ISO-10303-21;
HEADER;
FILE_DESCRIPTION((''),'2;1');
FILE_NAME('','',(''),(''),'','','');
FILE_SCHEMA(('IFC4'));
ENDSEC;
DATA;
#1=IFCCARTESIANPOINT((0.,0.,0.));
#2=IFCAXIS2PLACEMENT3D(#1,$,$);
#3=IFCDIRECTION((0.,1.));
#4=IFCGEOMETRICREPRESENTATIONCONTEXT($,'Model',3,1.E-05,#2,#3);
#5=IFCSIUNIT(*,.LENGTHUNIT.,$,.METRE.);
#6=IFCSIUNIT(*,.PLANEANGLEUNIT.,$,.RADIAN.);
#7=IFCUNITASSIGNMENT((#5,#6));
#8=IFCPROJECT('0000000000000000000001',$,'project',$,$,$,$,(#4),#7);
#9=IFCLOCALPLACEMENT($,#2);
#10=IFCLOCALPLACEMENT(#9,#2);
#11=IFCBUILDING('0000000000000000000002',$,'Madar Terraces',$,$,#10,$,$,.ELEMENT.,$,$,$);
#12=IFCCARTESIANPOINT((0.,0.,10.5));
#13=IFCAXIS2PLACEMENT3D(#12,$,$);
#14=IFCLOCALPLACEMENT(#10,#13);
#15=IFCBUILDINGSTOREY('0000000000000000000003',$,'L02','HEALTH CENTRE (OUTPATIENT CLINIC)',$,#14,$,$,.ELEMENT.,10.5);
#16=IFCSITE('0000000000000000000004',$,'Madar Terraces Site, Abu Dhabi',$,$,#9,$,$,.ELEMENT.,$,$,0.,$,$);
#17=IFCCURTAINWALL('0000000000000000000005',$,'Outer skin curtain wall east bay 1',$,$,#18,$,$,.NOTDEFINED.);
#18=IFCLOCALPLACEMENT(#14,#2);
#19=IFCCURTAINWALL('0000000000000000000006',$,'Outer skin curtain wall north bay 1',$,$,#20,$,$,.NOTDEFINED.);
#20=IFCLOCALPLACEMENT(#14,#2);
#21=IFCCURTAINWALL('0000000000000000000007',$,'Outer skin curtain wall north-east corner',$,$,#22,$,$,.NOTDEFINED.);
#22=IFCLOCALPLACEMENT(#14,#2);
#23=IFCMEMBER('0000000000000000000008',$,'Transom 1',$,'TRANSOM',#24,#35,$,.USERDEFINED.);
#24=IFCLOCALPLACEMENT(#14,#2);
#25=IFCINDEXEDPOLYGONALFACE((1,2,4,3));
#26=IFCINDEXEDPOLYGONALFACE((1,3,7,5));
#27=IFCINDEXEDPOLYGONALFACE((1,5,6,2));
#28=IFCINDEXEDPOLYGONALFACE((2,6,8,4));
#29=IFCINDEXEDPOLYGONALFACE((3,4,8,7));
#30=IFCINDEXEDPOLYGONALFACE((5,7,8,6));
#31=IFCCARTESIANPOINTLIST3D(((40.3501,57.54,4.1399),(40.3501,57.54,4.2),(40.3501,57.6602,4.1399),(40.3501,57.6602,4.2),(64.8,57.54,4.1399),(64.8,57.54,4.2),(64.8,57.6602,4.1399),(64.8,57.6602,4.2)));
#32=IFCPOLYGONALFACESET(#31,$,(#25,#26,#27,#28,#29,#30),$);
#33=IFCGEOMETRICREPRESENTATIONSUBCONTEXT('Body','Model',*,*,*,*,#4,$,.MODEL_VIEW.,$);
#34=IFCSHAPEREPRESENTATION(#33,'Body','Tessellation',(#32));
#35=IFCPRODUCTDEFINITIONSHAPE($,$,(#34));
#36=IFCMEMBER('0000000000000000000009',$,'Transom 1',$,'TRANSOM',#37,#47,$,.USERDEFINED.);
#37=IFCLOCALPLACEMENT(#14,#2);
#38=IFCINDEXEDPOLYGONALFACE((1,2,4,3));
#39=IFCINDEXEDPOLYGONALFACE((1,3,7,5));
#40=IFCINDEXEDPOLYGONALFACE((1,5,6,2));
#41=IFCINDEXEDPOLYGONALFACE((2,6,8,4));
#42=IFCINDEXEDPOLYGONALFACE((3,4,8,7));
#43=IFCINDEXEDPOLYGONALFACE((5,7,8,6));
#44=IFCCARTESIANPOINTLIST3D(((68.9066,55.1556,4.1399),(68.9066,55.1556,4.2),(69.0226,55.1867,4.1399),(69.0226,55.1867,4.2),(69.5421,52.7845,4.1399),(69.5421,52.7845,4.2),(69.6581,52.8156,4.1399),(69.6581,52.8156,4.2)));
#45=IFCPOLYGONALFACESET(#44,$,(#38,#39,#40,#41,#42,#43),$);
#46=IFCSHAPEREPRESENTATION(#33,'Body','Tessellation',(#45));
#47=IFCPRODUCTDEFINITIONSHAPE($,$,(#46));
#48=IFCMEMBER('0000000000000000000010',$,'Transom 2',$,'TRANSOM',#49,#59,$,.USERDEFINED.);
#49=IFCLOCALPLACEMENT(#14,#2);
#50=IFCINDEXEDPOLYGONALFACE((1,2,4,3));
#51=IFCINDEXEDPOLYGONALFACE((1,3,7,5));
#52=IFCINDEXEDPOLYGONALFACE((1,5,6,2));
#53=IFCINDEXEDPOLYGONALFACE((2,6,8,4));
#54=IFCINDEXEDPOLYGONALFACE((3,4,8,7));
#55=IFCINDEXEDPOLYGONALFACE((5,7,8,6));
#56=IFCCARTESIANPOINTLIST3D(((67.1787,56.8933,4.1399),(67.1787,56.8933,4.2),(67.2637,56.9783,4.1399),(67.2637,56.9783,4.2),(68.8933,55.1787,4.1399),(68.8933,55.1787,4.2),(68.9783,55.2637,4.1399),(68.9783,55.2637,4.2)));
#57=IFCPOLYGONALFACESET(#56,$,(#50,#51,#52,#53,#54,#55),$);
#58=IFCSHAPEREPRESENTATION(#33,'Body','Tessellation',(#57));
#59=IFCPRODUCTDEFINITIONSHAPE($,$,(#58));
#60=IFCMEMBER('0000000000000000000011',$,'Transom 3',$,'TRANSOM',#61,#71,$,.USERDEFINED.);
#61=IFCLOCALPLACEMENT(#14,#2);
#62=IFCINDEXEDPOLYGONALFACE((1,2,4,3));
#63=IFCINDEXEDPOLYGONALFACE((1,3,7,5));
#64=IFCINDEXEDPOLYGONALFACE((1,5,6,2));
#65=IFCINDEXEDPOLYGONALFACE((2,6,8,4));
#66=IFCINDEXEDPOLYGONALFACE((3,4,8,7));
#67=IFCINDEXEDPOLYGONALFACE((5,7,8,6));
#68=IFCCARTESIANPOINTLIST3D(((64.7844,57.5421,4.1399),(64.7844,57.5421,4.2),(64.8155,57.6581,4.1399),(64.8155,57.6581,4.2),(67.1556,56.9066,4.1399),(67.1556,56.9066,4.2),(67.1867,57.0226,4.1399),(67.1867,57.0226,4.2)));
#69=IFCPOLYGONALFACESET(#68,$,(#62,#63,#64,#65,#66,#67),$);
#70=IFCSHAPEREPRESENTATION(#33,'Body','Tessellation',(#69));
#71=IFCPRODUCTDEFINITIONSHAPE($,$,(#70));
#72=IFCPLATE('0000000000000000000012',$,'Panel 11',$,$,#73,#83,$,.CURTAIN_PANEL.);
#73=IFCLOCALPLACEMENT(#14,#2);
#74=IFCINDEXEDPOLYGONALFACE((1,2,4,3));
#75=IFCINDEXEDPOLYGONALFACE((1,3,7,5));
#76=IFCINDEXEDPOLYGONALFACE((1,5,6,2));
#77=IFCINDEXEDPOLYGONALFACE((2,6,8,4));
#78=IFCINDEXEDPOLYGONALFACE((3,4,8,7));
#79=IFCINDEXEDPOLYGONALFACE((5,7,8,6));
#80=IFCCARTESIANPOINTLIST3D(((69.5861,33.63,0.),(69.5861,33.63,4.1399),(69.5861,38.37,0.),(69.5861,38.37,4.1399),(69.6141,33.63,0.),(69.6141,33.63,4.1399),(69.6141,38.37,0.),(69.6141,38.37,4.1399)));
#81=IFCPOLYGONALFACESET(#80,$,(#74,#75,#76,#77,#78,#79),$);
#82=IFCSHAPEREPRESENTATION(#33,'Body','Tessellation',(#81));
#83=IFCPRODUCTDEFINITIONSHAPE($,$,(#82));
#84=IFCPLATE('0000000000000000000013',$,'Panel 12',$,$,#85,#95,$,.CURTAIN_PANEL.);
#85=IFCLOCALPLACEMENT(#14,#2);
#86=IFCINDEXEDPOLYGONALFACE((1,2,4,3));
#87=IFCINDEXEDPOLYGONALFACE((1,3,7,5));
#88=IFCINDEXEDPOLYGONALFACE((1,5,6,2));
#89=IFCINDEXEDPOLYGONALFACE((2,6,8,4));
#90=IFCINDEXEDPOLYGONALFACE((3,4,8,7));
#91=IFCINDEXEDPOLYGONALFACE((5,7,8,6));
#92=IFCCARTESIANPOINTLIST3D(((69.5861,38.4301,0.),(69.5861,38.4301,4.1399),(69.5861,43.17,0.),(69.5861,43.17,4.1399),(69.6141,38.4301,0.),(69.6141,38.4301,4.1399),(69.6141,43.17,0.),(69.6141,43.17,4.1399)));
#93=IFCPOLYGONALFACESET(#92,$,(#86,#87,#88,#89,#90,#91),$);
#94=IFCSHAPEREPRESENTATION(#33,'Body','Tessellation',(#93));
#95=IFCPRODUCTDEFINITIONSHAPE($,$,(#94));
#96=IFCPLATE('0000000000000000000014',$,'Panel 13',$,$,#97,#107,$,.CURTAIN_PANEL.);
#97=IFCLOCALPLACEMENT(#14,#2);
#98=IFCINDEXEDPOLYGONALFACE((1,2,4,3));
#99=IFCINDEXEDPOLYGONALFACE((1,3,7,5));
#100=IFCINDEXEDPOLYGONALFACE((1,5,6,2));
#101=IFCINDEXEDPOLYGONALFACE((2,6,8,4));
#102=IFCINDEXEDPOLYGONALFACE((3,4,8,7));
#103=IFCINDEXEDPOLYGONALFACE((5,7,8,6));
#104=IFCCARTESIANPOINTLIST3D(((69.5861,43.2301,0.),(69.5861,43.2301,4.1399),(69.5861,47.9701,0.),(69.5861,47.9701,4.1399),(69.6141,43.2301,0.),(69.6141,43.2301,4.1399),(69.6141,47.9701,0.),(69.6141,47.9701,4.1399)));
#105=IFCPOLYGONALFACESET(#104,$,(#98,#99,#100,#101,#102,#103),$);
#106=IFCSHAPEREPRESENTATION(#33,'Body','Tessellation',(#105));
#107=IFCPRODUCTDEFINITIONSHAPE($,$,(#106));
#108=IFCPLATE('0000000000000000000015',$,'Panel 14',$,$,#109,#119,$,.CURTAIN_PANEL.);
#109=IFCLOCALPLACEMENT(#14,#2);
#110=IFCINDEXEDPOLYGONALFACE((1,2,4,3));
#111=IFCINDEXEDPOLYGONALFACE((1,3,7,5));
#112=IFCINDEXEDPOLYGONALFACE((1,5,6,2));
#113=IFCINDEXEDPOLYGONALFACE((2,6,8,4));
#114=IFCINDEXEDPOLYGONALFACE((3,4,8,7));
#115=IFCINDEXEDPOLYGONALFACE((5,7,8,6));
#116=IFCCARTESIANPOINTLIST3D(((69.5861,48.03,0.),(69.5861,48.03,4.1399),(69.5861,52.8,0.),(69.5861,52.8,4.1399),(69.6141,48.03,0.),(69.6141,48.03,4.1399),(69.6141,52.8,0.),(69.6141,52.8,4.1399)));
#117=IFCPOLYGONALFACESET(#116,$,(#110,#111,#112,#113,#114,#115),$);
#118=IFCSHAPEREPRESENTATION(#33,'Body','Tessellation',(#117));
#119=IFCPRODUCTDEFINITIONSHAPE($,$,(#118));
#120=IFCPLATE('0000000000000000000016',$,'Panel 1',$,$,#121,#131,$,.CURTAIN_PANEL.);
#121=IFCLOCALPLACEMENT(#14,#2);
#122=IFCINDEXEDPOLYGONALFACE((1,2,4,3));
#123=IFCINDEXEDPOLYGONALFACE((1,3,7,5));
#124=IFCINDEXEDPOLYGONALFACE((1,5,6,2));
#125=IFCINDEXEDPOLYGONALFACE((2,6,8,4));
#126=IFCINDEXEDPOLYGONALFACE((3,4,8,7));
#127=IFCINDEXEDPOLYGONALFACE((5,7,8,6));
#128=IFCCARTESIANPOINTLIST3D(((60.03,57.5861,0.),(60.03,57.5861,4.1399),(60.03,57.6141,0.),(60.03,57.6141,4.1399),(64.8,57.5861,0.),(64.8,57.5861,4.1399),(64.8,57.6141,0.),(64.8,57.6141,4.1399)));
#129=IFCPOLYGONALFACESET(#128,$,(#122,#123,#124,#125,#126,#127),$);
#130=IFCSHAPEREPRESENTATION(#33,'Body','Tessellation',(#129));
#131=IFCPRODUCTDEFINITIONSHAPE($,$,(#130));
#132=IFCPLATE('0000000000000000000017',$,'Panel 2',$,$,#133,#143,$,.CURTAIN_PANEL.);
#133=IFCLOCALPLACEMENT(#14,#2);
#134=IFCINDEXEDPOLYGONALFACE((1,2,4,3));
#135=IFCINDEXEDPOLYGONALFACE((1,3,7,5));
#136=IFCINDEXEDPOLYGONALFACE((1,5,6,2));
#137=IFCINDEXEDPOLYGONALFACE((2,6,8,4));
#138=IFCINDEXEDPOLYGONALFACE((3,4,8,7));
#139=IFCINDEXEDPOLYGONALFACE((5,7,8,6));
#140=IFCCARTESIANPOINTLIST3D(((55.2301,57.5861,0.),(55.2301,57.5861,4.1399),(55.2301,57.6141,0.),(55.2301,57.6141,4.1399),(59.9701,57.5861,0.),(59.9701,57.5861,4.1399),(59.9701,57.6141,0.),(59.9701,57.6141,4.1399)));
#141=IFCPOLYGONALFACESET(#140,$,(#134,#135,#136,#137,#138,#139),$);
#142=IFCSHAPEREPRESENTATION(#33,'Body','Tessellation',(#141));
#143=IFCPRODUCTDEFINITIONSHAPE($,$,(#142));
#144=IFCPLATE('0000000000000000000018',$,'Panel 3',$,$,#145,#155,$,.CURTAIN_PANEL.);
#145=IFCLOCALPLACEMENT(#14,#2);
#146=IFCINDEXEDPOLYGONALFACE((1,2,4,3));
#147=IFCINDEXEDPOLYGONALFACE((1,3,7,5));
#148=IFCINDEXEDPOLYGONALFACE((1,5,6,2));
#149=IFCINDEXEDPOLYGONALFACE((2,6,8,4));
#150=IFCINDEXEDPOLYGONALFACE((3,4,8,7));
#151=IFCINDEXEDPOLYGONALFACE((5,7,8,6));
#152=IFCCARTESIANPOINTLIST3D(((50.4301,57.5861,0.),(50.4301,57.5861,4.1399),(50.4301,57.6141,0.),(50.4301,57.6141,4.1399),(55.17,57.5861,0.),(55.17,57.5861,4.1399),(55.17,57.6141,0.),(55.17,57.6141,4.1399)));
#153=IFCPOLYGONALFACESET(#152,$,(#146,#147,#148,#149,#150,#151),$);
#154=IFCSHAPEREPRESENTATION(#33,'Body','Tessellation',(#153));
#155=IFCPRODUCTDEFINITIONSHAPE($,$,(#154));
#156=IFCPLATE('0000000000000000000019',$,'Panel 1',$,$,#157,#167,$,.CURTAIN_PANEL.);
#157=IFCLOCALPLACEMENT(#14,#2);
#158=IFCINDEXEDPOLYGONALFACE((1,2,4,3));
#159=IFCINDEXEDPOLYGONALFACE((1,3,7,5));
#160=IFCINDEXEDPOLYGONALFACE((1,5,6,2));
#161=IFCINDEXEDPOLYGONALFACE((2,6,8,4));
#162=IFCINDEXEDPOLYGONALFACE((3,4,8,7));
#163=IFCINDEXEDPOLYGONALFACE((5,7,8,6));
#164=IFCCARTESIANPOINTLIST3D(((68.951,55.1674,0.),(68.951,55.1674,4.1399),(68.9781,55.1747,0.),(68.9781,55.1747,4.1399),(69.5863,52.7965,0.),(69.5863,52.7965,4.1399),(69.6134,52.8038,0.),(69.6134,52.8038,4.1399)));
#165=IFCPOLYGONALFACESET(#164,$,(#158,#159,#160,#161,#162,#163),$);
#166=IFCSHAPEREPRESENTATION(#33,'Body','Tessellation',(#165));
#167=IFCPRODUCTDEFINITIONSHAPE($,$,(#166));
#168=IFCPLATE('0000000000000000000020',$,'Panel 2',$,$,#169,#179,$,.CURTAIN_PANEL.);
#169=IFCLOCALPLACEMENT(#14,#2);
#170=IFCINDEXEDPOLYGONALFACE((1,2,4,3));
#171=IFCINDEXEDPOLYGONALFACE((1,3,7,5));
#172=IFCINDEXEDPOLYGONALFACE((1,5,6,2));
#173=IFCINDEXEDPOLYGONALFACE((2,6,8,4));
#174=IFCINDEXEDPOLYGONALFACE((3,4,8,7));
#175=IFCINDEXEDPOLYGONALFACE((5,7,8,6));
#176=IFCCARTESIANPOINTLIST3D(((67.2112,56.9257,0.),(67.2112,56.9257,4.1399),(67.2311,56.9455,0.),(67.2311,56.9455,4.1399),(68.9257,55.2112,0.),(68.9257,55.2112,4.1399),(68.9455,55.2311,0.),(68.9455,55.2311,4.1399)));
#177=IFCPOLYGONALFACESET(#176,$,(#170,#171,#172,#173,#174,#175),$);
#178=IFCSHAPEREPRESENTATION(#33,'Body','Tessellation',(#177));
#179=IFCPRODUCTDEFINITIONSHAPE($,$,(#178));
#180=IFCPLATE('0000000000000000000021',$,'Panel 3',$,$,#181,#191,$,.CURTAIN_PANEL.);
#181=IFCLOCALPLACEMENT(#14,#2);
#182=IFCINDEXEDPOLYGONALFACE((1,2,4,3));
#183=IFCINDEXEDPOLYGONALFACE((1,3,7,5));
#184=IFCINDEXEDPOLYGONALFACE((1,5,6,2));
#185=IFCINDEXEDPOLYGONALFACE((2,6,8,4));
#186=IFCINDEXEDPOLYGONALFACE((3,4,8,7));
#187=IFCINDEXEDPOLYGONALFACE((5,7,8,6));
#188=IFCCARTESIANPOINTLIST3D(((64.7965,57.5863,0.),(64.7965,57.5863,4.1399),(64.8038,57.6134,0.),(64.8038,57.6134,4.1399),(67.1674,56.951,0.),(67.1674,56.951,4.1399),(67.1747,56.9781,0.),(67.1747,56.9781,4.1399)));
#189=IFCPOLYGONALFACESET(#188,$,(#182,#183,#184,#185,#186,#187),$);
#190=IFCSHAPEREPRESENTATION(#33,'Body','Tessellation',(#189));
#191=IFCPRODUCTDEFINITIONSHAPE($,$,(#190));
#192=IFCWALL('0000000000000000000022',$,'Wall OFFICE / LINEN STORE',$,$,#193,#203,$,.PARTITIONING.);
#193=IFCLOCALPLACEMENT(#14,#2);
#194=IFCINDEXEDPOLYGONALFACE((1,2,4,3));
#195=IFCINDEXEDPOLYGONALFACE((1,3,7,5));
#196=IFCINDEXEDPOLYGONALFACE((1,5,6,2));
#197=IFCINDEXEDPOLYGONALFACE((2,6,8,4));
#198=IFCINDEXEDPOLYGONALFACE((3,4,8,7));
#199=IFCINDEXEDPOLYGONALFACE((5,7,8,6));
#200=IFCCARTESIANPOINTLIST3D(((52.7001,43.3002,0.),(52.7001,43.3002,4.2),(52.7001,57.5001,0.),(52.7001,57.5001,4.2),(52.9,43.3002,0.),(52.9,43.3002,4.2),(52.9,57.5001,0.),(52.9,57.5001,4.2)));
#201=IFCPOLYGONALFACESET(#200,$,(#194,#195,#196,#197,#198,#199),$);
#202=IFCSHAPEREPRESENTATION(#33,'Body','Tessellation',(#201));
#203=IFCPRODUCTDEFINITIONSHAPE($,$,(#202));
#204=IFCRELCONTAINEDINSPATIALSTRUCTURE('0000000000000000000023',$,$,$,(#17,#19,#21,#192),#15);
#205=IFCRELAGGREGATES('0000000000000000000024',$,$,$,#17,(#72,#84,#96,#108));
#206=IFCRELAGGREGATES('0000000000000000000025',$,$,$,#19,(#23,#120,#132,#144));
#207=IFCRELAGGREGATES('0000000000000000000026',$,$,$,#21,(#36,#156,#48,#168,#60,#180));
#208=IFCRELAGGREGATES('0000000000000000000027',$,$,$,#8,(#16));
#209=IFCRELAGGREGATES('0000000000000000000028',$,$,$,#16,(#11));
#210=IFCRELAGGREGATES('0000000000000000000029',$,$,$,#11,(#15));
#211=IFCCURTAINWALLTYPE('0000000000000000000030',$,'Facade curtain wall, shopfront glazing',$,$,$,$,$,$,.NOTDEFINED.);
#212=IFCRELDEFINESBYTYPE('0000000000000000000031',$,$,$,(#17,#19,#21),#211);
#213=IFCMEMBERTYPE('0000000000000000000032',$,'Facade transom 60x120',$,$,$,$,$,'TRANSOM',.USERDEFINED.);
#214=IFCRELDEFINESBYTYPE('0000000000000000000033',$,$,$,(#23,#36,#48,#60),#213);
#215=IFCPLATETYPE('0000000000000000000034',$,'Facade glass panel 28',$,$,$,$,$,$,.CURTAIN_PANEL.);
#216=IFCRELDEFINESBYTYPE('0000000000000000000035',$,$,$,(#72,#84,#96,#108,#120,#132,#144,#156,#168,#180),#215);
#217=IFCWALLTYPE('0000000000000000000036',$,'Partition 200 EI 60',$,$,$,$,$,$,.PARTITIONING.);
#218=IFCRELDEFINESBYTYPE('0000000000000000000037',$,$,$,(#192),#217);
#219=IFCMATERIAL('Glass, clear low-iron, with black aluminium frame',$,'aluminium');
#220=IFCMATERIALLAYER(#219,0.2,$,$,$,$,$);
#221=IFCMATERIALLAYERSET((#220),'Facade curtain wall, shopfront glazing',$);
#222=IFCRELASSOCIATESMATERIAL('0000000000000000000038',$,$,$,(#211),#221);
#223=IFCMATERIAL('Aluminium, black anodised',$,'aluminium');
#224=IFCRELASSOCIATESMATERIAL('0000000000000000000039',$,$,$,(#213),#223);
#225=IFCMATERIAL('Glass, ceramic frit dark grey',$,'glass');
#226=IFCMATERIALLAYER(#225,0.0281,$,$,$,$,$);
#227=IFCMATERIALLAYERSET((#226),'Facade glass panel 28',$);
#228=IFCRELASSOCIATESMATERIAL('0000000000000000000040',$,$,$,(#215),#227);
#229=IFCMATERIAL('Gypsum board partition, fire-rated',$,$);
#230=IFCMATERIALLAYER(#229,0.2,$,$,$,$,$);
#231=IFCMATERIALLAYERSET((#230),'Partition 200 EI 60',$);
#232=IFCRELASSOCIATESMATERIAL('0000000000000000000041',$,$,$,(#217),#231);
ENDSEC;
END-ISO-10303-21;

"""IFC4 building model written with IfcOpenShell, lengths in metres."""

from ifc_helpers import new_model, si_unit, direction, frame, frame_2d, origin, origin_2d, place, context, subcontext, project, spatial, rectangle, extrude, material, layer, layer_set, material_profile, profile_set, type_object, element, aggregate, save


model = new_model("IFC4")

# Units and contexts
model_context = context("Model", 3, precision=1e-05, world=origin(), true_north=direction((0.0, 1.0)))
body_context = subcontext(model_context, "Body", "Model", "MODEL_VIEW")
ifc_project = project(units=[si_unit("LENGTHUNIT", "METRE"), si_unit("PLANEANGLEUNIT", "RADIAN")], contexts=[model_context])

# Site, building, storey
site_placement = place(None, origin())
site = spatial("IfcSite", under=ifc_project, at=site_placement, Name="Madar Terraces Site, Abu Dhabi", CompositionType="ELEMENT", RefElevation=0.0)
building_placement = place(site_placement, origin())
building = spatial("IfcBuilding", under=site, at=building_placement, Name="Madar Terraces", CompositionType="ELEMENT")
storey_placement = place(building_placement, frame((0.0, 0.0, 10.5)))
storey = spatial("IfcBuildingStorey", under=building, at=storey_placement, Name="L02", Description="HEALTH CENTRE (OUTPATIENT CLINIC)", CompositionType="ELEMENT", Elevation=10.5)

# Curtain walls
ifc_material_1 = material(Name="Glass, clear low-iron, with black aluminium frame", Category="aluminium")
ifc_layer_1 = layer(ifc_material_1, 0.2)
ifc_layer_set_1 = layer_set([ifc_layer_1], Name="Facade curtain wall, shopfront glazing")
curtain_wall_type = type_object("IfcCurtainWallType", Name="Facade curtain wall, shopfront glazing", PredefinedType="NOTDEFINED", material=ifc_layer_set_1)
curtain_wall_1_placement = place(storey_placement, origin())
curtain_wall_1 = element("IfcCurtainWall", 1, at=curtain_wall_1_placement, inside=storey, type_object=curtain_wall_type, Name="Outer skin curtain wall east bay 1", PredefinedType="NOTDEFINED")
curtain_wall_2_placement = place(storey_placement, origin())
curtain_wall_2 = element("IfcCurtainWall", 2, at=curtain_wall_2_placement, inside=storey, type_object=curtain_wall_type, Name="Outer skin curtain wall north bay 1", PredefinedType="NOTDEFINED")
curtain_wall_3_placement = place(storey_placement, origin())
curtain_wall_3 = element("IfcCurtainWall", 3, at=curtain_wall_3_placement, inside=storey, type_object=curtain_wall_type, Name="Outer skin curtain wall north-east corner", PredefinedType="NOTDEFINED")

# Members
ifc_material_2 = material(Name="Aluminium, black anodised", Category="aluminium")
ifc_material_profile_1 = material_profile(ifc_material_2, rectangle(XDim=0.1201, YDim=0.0601, at=origin_2d()), Name="Facade transom 60x120")
ifc_profile_set_1 = profile_set([ifc_material_profile_1], Name="Aluminium, black anodised")
member_type_1 = type_object("IfcMemberType", Name="Facade transom 60x120", ElementType="TRANSOM", PredefinedType="USERDEFINED", material=ifc_profile_set_1)
member_1_placement = place(storey_placement, frame((64.8, 57.6001, 4.1699), z_axis=(-1.0, 0.0, 0.0), x_axis=(0.0, -1.0, 0.0)))
member_1 = element("IfcMember", 4, at=member_1_placement, type_object=member_type_1, Name="Transom 1", ObjectType="TRANSOM", PredefinedType="USERDEFINED", context=body_context, shape_type="SweptSolid", body=[
    extrude(rectangle(XDim=0.1201, YDim=0.0601, at=origin_2d()), origin(), (0.0, 0.0, 1.0), 24.45),
])
member_2_placement = place(storey_placement, frame((69.6001, 52.8, 4.1699), z_axis=(-0.258882, 0.965909, 0.0), x_axis=(-0.965909, -0.258882, 0.0)))
member_2 = element("IfcMember", 5, at=member_2_placement, type_object=member_type_1, Name="Transom 1", ObjectType="TRANSOM", PredefinedType="USERDEFINED", context=body_context, shape_type="SweptSolid", body=[
    extrude(rectangle(XDim=0.1201, YDim=0.0601, at=origin_2d()), origin(), (0.0, 0.0, 1.0), 2.4548),
])
member_3_placement = place(storey_placement, frame((68.9358, 55.2212, 4.1699), z_axis=(-0.707107, 0.707107, 0.0), x_axis=(-0.707107, -0.707107, 0.0)))
member_3 = element("IfcMember", 6, at=member_3_placement, type_object=member_type_1, Name="Transom 2", ObjectType="TRANSOM", PredefinedType="USERDEFINED", context=body_context, shape_type="SweptSolid", body=[
    extrude(rectangle(XDim=0.1201, YDim=0.0601, at=origin_2d()), origin(), (0.0, 0.0, 1.0), 2.4248),
])
member_4_placement = place(storey_placement, frame((67.1711, 56.9646, 4.1699), z_axis=(-0.965909, 0.258882, 0.0), x_axis=(-0.258882, -0.965909, 0.0)))
member_4 = element("IfcMember", 7, at=member_4_placement, type_object=member_type_1, Name="Transom 3", ObjectType="TRANSOM", PredefinedType="USERDEFINED", context=body_context, shape_type="SweptSolid", body=[
    extrude(rectangle(XDim=0.1201, YDim=0.0601, at=origin_2d()), origin(), (0.0, 0.0, 1.0), 2.4548),
])

# Plates
ifc_material_3 = material(Name="Glass, ceramic frit dark grey", Category="glass")
ifc_layer_2 = layer(ifc_material_3, 0.0281)
ifc_layer_set_2 = layer_set([ifc_layer_2], Name="Facade glass panel 28")
plate_type = type_object("IfcPlateType", Name="Facade glass panel 28", PredefinedType="CURTAIN_PANEL", material=ifc_layer_set_2)
plate_1_placement = place(storey_placement, frame((69.6001, 36.0, 0.0), z_axis=(0.0, 0.0, 1.0), x_axis=(0.0, 1.0, 0.0)))
plate_1 = element("IfcPlate", 8, at=plate_1_placement, type_object=plate_type, Name="Panel 11", PredefinedType="CURTAIN_PANEL", context=body_context, shape_type="SweptSolid", body=[
    extrude(rectangle(XDim=4.74, YDim=0.0281, at=origin_2d()), origin(), (0.0, 0.0, 1.0), 4.1399),
])
plate_2_placement = place(storey_placement, frame((69.6001, 40.8, 0.0), z_axis=(0.0, 0.0, 1.0), x_axis=(0.0, 1.0, 0.0)))
plate_2 = element("IfcPlate", 9, at=plate_2_placement, type_object=plate_type, Name="Panel 12", PredefinedType="CURTAIN_PANEL", context=body_context, shape_type="SweptSolid", body=[
    extrude(rectangle(XDim=4.74, YDim=0.0281, at=origin_2d()), origin(), (0.0, 0.0, 1.0), 4.1399),
])
plate_3_placement = place(storey_placement, frame((69.6001, 45.6001, 0.0), z_axis=(0.0, 0.0, 1.0), x_axis=(0.0, 1.0, 0.0)))
plate_3 = element("IfcPlate", 10, at=plate_3_placement, type_object=plate_type, Name="Panel 13", PredefinedType="CURTAIN_PANEL", context=body_context, shape_type="SweptSolid", body=[
    extrude(rectangle(XDim=4.74, YDim=0.0281, at=origin_2d()), origin(), (0.0, 0.0, 1.0), 4.1399),
])
plate_4_placement = place(storey_placement, frame((69.6001, 50.415, 0.0), z_axis=(0.0, 0.0, 1.0), x_axis=(0.0, 1.0, 0.0)))
plate_4 = element("IfcPlate", 11, at=plate_4_placement, type_object=plate_type, Name="Panel 14", PredefinedType="CURTAIN_PANEL", context=body_context, shape_type="SweptSolid", body=[
    extrude(rectangle(XDim=4.77, YDim=0.0281, at=origin_2d()), origin(), (0.0, 0.0, 1.0), 4.1399),
])
aggregate(curtain_wall_1, [plate_1, plate_2, plate_3, plate_4])
plate_5_placement = place(storey_placement, frame((62.415, 57.6001, 0.0), z_axis=(0.0, 0.0, 1.0), x_axis=(-1.0, 0.0, 0.0)))
plate_5 = element("IfcPlate", 12, at=plate_5_placement, type_object=plate_type, Name="Panel 1", PredefinedType="CURTAIN_PANEL", context=body_context, shape_type="SweptSolid", body=[
    extrude(rectangle(XDim=4.77, YDim=0.0281, at=origin_2d()), origin(), (0.0, 0.0, 1.0), 4.1399),
])
plate_6_placement = place(storey_placement, frame((57.6001, 57.6001, 0.0), z_axis=(0.0, 0.0, 1.0), x_axis=(-1.0, 0.0, 0.0)))
plate_6 = element("IfcPlate", 13, at=plate_6_placement, type_object=plate_type, Name="Panel 2", PredefinedType="CURTAIN_PANEL", context=body_context, shape_type="SweptSolid", body=[
    extrude(rectangle(XDim=4.74, YDim=0.0281, at=origin_2d()), origin(), (0.0, 0.0, 1.0), 4.1399),
])
plate_7_placement = place(storey_placement, frame((52.8, 57.6001, 0.0), z_axis=(0.0, 0.0, 1.0), x_axis=(-1.0, 0.0, 0.0)))
plate_7 = element("IfcPlate", 14, at=plate_7_placement, type_object=plate_type, Name="Panel 3", PredefinedType="CURTAIN_PANEL", context=body_context, shape_type="SweptSolid", body=[
    extrude(rectangle(XDim=4.74, YDim=0.0281, at=origin_2d()), origin(), (0.0, 0.0, 1.0), 4.1399),
])
aggregate(curtain_wall_2, [member_1, plate_5, plate_6, plate_7])
plate_8_placement = place(storey_placement, frame((69.2822, 53.9856, 0.0), z_axis=(0.0, 0.0, 1.0), x_axis=(-0.258819, 0.965926, 0.0)))
plate_8 = element("IfcPlate", 15, at=plate_8_placement, type_object=plate_type, Name="Panel 1", PredefinedType="CURTAIN_PANEL", context=body_context, shape_type="SweptSolid", body=[
    extrude(rectangle(XDim=2.4546, YDim=0.0281, at=origin_2d()), origin(), (0.0, 0.0, 1.0), 4.1399),
])
plate_9_placement = place(storey_placement, frame((68.0784, 56.0784, 0.0), z_axis=(0.0, 0.0, 1.0), x_axis=(-0.707107, 0.707107, 0.0)))
plate_9 = element("IfcPlate", 16, at=plate_9_placement, type_object=plate_type, Name="Panel 2", PredefinedType="CURTAIN_PANEL", context=body_context, shape_type="SweptSolid", body=[
    extrude(rectangle(XDim=2.4246, YDim=0.0281, at=origin_2d()), origin(), (0.0, 0.0, 1.0), 4.1399),
])
plate_10_placement = place(storey_placement, frame((65.9856, 57.2822, 0.0), z_axis=(0.0, 0.0, 1.0), x_axis=(-0.965926, 0.258819, 0.0)))
plate_10 = element("IfcPlate", 17, at=plate_10_placement, type_object=plate_type, Name="Panel 3", PredefinedType="CURTAIN_PANEL", context=body_context, shape_type="SweptSolid", body=[
    extrude(rectangle(XDim=2.4546, YDim=0.0281, at=origin_2d()), origin(), (0.0, 0.0, 1.0), 4.1399),
])
aggregate(curtain_wall_3, [member_2, plate_8, member_3, plate_9, member_4, plate_10])

# Wall
ifc_material_4 = material(Name="Gypsum board partition, fire-rated")
ifc_layer_3 = layer(ifc_material_4, 0.2)
ifc_layer_set_3 = layer_set([ifc_layer_3], Name="Partition 200 EI 60")
wall_type = type_object("IfcWallType", Name="Partition 200 EI 60", PredefinedType="PARTITIONING", material=ifc_layer_set_3)
wall_1_placement = place(storey_placement, frame((52.8, 43.3, 0.0), z_axis=(0.0, 0.0, 1.0), x_axis=(0.0, 1.0, 0.0)))
element("IfcWall", 18, at=wall_1_placement, inside=storey, type_object=wall_type, Name="Wall OFFICE / LINEN STORE", PredefinedType="PARTITIONING", context=body_context, shape_type="SweptSolid", body=[
    extrude(rectangle(XDim=14.2, YDim=0.2, at=frame_2d((7.1001, 0.0))), origin(), (0.0, 0.0, 1.0), 4.2),
])

save(model, "model.ifc")
